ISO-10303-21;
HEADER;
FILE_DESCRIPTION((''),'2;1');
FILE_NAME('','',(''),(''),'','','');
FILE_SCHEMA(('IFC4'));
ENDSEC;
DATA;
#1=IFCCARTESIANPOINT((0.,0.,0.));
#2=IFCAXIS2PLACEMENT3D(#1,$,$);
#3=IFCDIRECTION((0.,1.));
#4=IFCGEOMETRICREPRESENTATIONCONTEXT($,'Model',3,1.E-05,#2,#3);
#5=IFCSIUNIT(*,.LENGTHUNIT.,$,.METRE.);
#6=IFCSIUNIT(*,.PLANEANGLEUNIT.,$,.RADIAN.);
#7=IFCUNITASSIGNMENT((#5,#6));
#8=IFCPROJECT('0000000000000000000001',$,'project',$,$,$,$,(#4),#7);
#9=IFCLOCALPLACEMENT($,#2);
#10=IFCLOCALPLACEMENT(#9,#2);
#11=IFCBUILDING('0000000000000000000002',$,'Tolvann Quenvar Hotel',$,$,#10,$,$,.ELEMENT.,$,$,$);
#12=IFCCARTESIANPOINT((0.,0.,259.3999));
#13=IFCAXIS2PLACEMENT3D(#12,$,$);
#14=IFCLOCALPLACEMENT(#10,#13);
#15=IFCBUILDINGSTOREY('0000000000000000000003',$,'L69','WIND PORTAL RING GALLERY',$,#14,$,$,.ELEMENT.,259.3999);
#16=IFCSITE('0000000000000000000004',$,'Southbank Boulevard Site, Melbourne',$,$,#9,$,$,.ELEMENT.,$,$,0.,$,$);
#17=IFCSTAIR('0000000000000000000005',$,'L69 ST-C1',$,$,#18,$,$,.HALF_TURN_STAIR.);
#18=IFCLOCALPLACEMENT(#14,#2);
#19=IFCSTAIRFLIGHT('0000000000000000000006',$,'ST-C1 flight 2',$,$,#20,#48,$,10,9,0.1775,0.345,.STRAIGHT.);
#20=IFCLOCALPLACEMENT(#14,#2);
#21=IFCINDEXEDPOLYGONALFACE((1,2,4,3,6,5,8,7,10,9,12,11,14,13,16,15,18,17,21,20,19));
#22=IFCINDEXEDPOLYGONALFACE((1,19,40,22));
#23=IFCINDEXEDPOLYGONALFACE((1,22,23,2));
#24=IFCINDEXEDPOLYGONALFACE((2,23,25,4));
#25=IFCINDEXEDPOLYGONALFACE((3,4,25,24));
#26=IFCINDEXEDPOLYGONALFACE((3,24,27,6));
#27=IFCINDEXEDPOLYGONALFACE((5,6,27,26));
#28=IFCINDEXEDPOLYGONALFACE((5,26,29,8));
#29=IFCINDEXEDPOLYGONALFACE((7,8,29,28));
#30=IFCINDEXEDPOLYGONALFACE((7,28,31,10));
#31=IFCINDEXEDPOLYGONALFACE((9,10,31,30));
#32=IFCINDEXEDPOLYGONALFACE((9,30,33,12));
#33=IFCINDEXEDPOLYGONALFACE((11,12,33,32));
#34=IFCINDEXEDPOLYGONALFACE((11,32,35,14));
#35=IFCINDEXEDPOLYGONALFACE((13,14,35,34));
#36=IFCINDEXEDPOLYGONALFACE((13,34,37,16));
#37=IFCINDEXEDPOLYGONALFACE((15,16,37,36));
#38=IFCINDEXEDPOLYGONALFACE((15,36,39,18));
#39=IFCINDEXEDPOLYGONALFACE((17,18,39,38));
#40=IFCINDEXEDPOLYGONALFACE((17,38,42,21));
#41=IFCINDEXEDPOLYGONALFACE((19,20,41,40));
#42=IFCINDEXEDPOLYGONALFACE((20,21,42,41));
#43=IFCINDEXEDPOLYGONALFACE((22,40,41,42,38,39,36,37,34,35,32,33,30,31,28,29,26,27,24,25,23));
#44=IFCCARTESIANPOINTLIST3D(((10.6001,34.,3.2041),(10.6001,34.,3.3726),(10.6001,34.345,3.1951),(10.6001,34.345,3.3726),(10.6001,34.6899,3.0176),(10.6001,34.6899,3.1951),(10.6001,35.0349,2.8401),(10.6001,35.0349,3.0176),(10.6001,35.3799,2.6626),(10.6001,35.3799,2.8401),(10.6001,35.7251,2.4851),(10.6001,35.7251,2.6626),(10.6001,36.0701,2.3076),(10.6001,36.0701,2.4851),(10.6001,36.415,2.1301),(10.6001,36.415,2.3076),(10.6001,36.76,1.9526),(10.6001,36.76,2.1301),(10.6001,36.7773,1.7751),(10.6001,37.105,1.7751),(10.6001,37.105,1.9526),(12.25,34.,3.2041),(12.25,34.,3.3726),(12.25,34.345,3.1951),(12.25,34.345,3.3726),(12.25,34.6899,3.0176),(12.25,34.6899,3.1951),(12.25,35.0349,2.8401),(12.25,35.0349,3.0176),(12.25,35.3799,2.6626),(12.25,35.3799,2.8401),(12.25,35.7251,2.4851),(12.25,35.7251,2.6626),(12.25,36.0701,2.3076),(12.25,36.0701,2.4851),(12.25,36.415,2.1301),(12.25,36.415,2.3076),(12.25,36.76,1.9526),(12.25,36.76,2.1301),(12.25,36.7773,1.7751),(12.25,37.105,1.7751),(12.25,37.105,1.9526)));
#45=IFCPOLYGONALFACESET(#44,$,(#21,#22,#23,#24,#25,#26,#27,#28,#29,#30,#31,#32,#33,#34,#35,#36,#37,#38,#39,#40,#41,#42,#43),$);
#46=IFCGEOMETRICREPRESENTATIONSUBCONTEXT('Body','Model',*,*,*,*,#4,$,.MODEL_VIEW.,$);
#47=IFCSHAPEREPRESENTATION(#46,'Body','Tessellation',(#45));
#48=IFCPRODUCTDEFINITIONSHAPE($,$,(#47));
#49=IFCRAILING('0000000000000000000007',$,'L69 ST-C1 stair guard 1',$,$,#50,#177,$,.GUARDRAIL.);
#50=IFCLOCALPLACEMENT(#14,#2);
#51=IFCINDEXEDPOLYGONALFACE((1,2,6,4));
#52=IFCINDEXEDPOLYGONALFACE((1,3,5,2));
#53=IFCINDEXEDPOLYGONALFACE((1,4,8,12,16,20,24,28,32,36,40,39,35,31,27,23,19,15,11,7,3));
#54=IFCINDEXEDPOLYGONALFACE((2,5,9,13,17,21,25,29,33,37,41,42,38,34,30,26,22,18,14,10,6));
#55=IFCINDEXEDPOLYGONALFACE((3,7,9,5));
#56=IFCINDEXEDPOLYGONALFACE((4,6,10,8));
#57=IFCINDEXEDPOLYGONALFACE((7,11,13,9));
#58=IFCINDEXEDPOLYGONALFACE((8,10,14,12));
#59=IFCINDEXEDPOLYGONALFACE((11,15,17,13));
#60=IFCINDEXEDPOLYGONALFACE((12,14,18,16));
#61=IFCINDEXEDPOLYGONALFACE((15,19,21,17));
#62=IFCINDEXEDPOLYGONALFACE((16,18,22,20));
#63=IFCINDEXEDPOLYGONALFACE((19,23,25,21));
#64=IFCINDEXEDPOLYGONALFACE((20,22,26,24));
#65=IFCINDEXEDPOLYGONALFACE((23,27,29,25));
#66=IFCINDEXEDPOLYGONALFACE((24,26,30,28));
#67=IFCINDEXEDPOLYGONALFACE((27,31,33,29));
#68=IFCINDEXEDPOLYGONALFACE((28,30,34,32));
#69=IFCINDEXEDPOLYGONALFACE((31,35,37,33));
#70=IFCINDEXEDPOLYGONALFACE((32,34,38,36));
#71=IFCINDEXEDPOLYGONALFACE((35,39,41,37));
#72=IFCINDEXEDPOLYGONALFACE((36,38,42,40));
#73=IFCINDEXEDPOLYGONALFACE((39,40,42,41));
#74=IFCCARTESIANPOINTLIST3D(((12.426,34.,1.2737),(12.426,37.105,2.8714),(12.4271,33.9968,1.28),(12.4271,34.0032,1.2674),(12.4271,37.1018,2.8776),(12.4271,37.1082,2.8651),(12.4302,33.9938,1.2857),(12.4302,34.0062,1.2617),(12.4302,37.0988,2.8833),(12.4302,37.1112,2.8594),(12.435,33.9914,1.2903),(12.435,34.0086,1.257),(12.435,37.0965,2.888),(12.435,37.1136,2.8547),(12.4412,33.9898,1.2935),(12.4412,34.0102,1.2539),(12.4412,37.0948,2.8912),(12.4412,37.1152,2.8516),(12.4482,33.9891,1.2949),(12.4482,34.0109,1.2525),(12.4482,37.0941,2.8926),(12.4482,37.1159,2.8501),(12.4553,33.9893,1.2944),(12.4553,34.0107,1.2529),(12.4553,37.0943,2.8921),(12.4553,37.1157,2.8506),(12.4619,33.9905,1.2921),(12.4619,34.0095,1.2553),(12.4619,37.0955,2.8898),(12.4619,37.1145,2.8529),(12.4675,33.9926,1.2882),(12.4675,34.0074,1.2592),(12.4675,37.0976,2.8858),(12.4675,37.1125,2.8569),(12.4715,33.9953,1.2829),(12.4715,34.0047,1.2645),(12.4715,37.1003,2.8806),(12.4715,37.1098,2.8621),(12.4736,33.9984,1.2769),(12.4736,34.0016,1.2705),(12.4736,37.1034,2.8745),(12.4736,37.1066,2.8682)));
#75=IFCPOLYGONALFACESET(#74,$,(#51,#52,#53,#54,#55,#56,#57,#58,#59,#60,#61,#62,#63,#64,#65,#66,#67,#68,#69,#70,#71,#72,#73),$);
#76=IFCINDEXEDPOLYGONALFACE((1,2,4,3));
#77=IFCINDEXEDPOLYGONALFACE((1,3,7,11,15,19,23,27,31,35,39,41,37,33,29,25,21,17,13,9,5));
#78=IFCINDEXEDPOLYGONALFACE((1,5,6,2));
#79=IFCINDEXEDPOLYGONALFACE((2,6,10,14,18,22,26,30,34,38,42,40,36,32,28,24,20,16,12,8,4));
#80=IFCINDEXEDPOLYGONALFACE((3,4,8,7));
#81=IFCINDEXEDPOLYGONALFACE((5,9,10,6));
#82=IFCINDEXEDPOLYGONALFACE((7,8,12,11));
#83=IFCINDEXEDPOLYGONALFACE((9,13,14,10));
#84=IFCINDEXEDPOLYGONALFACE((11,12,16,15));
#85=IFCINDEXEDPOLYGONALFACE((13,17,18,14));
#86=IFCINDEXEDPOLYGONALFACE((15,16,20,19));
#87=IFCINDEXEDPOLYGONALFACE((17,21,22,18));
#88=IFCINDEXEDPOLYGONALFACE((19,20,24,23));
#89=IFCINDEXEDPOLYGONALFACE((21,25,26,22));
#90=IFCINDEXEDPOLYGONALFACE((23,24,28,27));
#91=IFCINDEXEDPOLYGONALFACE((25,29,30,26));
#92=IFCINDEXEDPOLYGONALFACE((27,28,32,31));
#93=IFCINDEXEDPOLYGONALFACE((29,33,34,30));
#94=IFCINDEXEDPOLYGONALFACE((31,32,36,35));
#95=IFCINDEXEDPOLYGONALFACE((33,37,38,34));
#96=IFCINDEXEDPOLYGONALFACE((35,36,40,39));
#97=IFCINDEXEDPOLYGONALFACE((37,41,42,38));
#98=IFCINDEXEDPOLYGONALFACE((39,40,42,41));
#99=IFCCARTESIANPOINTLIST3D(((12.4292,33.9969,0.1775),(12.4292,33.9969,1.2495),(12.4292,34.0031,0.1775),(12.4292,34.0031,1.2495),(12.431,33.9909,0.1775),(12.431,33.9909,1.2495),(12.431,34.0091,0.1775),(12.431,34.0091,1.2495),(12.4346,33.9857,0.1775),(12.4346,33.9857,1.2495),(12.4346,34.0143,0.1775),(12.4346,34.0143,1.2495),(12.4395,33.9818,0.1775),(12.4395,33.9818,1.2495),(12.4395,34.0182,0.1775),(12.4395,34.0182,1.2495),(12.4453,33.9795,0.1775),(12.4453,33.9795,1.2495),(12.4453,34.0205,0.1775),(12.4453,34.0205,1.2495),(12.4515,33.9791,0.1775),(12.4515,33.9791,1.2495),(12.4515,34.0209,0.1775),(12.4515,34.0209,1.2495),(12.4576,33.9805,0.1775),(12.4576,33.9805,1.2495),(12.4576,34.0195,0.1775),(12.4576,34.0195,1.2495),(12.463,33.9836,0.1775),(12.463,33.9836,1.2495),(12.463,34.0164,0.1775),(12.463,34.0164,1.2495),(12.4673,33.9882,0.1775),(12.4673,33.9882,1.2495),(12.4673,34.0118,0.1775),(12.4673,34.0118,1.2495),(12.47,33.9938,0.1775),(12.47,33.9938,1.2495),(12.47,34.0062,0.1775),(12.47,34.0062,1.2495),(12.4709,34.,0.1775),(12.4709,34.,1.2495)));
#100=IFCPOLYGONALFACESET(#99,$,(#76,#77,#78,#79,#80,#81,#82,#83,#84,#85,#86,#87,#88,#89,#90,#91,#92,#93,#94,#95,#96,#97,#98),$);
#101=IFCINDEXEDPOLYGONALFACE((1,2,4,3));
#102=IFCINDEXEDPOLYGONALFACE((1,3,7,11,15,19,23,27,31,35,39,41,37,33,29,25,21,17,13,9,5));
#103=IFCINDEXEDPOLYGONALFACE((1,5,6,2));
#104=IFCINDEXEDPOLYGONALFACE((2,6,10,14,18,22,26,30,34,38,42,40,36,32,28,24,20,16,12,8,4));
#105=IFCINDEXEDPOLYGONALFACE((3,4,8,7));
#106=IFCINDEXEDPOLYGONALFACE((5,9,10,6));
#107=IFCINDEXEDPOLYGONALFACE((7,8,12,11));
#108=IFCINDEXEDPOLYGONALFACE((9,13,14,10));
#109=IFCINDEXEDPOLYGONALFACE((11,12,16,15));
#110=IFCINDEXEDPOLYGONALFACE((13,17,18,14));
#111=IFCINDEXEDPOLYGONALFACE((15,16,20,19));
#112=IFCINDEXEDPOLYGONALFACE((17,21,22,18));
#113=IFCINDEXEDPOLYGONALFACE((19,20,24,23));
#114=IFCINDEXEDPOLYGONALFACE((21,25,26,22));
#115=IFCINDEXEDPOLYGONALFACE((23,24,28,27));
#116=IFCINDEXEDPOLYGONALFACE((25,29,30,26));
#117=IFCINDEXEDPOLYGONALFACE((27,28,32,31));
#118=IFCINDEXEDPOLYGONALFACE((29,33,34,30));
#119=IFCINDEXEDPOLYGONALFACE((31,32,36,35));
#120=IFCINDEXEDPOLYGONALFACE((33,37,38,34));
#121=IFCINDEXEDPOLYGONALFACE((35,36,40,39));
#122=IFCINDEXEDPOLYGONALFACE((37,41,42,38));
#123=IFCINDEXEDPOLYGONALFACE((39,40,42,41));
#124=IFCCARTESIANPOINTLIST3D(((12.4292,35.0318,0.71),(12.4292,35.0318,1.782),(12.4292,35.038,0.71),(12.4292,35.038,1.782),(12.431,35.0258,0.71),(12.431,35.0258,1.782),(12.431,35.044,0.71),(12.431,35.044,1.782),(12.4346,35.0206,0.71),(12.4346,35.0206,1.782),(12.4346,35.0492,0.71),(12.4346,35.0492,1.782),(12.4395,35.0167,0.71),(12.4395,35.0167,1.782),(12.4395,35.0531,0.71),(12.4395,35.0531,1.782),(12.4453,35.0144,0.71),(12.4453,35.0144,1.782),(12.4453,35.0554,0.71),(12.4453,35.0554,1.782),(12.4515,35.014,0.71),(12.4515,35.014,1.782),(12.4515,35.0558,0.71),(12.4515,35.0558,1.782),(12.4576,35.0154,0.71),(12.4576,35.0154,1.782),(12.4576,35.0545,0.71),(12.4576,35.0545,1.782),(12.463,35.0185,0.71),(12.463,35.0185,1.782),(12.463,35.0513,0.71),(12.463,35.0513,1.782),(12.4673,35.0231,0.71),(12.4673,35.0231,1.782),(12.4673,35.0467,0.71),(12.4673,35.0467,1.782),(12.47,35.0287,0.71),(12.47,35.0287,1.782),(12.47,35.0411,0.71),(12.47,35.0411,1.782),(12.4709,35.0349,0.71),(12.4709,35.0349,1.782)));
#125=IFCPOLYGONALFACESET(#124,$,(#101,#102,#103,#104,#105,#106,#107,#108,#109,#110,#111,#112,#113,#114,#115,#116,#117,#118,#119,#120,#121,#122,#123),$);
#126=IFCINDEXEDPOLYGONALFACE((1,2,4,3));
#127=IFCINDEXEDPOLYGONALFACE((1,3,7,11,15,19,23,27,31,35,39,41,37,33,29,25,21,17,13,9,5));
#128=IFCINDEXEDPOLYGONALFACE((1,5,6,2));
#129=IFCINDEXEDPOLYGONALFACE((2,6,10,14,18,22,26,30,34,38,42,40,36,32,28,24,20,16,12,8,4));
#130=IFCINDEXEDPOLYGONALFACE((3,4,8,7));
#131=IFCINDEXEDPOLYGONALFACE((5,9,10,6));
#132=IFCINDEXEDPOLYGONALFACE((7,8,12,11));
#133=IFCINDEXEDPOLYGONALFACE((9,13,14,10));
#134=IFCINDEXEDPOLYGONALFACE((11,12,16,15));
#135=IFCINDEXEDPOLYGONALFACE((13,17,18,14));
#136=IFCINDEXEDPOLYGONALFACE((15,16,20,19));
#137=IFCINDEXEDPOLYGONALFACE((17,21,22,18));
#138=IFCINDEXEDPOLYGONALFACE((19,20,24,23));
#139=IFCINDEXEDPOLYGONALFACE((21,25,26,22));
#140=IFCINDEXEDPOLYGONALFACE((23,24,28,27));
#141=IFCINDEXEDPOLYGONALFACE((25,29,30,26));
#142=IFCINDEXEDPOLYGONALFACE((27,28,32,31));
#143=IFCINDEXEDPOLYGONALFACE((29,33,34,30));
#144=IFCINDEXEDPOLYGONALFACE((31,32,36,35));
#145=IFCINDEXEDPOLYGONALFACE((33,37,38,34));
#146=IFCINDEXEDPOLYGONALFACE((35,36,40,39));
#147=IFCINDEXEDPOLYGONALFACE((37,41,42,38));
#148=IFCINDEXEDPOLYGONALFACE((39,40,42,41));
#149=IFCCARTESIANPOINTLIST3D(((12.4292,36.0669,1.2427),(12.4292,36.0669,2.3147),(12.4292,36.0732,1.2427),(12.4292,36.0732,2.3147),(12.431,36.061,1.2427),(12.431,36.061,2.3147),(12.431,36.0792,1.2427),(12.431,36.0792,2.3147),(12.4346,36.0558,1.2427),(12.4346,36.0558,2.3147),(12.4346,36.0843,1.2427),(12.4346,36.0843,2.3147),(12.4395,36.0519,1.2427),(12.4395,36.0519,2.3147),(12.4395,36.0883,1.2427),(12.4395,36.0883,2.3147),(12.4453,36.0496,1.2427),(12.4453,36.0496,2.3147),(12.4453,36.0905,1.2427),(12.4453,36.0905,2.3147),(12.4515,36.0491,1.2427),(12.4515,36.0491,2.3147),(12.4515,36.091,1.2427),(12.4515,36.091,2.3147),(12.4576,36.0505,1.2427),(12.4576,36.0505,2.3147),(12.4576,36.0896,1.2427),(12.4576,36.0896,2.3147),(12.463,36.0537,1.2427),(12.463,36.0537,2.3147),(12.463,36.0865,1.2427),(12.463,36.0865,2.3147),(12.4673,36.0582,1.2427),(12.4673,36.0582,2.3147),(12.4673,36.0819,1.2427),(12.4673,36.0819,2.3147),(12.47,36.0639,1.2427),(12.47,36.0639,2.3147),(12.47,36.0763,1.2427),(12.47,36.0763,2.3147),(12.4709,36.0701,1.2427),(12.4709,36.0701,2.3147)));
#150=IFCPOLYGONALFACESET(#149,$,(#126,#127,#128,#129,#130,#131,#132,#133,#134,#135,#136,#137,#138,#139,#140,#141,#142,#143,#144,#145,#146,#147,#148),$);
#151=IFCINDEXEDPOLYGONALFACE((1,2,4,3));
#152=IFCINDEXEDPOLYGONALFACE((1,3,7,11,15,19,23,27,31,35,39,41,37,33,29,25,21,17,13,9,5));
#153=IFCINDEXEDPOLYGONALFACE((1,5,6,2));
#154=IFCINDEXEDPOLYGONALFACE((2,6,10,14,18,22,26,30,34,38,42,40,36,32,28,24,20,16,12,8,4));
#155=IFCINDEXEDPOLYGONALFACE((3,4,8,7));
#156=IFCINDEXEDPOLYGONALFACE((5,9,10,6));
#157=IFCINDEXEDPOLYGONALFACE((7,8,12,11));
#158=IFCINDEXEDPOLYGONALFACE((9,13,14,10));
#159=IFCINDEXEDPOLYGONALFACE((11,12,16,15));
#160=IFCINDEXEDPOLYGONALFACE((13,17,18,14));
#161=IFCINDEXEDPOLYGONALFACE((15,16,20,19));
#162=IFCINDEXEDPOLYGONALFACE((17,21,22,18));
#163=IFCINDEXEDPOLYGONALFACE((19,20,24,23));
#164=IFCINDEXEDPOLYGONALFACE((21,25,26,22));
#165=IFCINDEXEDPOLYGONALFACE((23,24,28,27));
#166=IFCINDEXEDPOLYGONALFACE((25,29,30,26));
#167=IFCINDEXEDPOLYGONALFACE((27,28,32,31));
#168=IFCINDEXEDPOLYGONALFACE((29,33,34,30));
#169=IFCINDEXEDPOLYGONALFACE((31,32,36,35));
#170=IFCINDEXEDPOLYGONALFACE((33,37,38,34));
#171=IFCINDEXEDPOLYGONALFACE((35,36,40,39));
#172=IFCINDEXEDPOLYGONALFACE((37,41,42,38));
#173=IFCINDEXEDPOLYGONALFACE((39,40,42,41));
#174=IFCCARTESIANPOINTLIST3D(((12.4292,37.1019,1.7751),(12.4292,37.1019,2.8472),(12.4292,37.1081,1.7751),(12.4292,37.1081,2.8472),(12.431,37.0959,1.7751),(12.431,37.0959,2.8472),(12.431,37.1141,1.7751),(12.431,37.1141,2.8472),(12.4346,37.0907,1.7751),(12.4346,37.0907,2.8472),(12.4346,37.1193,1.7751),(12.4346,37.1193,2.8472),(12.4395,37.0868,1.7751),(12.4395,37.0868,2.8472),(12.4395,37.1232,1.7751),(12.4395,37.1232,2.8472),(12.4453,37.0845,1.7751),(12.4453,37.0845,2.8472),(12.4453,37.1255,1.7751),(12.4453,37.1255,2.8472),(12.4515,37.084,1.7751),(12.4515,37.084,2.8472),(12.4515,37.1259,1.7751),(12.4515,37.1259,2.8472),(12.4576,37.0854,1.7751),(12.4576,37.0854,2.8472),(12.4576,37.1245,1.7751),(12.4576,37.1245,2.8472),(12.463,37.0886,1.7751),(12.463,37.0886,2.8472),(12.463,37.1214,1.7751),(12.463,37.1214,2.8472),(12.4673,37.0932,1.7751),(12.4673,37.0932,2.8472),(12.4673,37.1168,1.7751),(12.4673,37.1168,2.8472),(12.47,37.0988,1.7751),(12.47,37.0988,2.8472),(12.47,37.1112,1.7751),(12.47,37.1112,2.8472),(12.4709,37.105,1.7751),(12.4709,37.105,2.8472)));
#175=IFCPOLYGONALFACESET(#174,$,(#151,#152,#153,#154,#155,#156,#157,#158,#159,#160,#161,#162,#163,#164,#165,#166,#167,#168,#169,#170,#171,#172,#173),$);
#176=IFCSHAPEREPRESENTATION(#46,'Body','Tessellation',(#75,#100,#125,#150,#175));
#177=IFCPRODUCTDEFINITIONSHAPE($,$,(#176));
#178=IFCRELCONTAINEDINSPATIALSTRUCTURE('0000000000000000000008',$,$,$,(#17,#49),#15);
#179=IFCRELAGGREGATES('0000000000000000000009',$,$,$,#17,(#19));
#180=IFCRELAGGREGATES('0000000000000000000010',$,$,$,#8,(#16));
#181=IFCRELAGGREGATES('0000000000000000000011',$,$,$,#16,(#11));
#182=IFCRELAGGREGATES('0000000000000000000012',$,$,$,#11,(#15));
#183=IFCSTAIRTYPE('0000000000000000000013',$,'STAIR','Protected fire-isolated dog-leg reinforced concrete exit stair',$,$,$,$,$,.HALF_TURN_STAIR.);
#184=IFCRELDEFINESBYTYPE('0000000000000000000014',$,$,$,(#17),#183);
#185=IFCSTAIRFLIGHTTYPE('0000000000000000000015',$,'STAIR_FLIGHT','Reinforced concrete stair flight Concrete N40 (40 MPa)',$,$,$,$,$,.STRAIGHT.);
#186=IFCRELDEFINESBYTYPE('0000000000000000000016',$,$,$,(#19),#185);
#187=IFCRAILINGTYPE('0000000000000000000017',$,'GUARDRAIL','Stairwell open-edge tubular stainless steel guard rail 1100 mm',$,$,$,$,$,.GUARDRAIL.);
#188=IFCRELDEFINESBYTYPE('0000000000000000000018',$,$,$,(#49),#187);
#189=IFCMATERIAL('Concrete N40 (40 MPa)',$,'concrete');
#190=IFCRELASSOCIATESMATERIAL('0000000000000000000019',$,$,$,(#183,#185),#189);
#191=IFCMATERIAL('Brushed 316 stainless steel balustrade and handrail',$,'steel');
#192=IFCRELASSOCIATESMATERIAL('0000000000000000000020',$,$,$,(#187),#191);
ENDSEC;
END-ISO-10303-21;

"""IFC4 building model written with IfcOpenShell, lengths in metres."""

from ifc_helpers import new_model, si_unit, direction, frame, origin, origin_2d, place, context, subcontext, project, spatial, polyline, circle, outline, extrude, material, type_object, element, aggregate, save


model = new_model("IFC4")

# Units and contexts
model_context = context("Model", 3, precision=1e-05, world=origin(), true_north=direction((0.0, 1.0)))
body_context = subcontext(model_context, "Body", "Model", "MODEL_VIEW")
ifc_project = project(units=[si_unit("LENGTHUNIT", "METRE"), si_unit("PLANEANGLEUNIT", "RADIAN")], contexts=[model_context])

# Site, building, storey
site_placement = place(None, origin())
site = spatial("IfcSite", under=ifc_project, at=site_placement, Name="Southbank Boulevard Site, Melbourne", CompositionType="ELEMENT", RefElevation=0.0)
building_placement = place(site_placement, origin())
building = spatial("IfcBuilding", under=site, at=building_placement, Name="Tolvann Quenvar Hotel", CompositionType="ELEMENT")
storey_placement = place(building_placement, frame((0.0, 0.0, 259.3999)))
storey = spatial("IfcBuildingStorey", under=building, at=storey_placement, Name="L69", Description="WIND PORTAL RING GALLERY", CompositionType="ELEMENT", Elevation=259.3999)

# Shared definitions
ifc_material_1 = material(Name="Concrete N40 (40 MPa)", Category="concrete")

# Stair, stair flight
stair_type = type_object("IfcStairType", Name="STAIR", Description="Protected fire-isolated dog-leg reinforced concrete exit stair", PredefinedType="HALF_TURN_STAIR", material=ifc_material_1)
stair_placement = place(storey_placement, origin())
stair = element("IfcStair", 1, at=stair_placement, inside=storey, type_object=stair_type, Name="L69 ST-C1", PredefinedType="HALF_TURN_STAIR")
stair_flight_type = type_object("IfcStairFlightType", Name="STAIR_FLIGHT", Description="Reinforced concrete stair flight Concrete N40 (40 MPa)", PredefinedType="STRAIGHT", material=ifc_material_1)
stair_flight_1_placement = place(storey_placement, frame((11.425, 37.105, 1.7751), z_axis=(0.0, 0.0, 1.0), x_axis=(0.0, -1.0, 0.0)))
stair_flight_1 = element("IfcStairFlight", 2, at=stair_flight_1_placement, type_object=stair_flight_type, Name="ST-C1 flight 2", NumberOfRisers=10, NumberOfTreads=9, PredefinedType="STRAIGHT", RiserHeight=0.1775, TreadLength=0.345, context=body_context, shape_type="SweptSolid", body=[
    extrude(outline(polyline([(0.0, 0.0), (0.0, 0.1775), (0.345, 0.1775), (0.345, 0.355), (0.6899, 0.355), (0.6899, 0.5325), (1.0349, 0.5325), (1.0349, 0.71), (1.3799, 0.71), (1.3799, 0.8875), (1.7251, 0.8875), (1.7251, 1.0649), (2.0701, 1.0649), (2.0701, 1.2424), (2.415, 1.2424), (2.415, 1.4199), (2.76, 1.4199), (2.76, 1.5974), (3.105, 1.5974), (3.105, 1.7749), (3.105, 1.429), (0.3276, 0.0), (0.0, 0.0)])), frame((0.0, 0.825, 0.0), z_axis=(0.0, -1.0, 0.0), x_axis=(1.0, 0.0, 0.0)), (0.0, 0.0, 1.0), 1.6499),
])
aggregate(stair, [stair_flight_1])

# Railing
ifc_material_2 = material(Name="Brushed 316 stainless steel balustrade and handrail", Category="steel")
railing_type_1 = type_object("IfcRailingType", Name="GUARDRAIL", Description="Stairwell open-edge tubular stainless steel guard rail 1100 mm", PredefinedType="GUARDRAIL", material=ifc_material_2)
railing_1_placement = place(storey_placement, frame((12.45, 34.0, 0.1775)))
element("IfcRailing", 3, at=railing_1_placement, inside=storey, type_object=railing_type_1, Name="L69 ST-C1 stair guard 1", PredefinedType="GUARDRAIL", context=body_context, shape_type="SweptSolid", body=[
    extrude(circle(Radius=0.0239, at=origin_2d()), frame((0.0, 0.0, 1.0962), z_axis=(0.0, 0.889194, 0.457531), x_axis=(-1.0, 0.0, 0.0)), (0.0, 0.0, 1.0), 3.4919),
    extrude(circle(Radius=0.021, at=origin_2d()), origin(), (0.0, 0.0, 1.0), 1.072),
    extrude(circle(Radius=0.021, at=origin_2d()), frame((0.0, 1.0349, 0.5325)), (0.0, 0.0, 1.0), 1.072),
    extrude(circle(Radius=0.021, at=origin_2d()), frame((0.0, 2.0701, 1.0652)), (0.0, 0.0, 1.0), 1.072),
    extrude(circle(Radius=0.021, at=origin_2d()), frame((0.0, 3.105, 1.5977)), (0.0, 0.0, 1.0), 1.072),
])

save(model, "model.ifc")
